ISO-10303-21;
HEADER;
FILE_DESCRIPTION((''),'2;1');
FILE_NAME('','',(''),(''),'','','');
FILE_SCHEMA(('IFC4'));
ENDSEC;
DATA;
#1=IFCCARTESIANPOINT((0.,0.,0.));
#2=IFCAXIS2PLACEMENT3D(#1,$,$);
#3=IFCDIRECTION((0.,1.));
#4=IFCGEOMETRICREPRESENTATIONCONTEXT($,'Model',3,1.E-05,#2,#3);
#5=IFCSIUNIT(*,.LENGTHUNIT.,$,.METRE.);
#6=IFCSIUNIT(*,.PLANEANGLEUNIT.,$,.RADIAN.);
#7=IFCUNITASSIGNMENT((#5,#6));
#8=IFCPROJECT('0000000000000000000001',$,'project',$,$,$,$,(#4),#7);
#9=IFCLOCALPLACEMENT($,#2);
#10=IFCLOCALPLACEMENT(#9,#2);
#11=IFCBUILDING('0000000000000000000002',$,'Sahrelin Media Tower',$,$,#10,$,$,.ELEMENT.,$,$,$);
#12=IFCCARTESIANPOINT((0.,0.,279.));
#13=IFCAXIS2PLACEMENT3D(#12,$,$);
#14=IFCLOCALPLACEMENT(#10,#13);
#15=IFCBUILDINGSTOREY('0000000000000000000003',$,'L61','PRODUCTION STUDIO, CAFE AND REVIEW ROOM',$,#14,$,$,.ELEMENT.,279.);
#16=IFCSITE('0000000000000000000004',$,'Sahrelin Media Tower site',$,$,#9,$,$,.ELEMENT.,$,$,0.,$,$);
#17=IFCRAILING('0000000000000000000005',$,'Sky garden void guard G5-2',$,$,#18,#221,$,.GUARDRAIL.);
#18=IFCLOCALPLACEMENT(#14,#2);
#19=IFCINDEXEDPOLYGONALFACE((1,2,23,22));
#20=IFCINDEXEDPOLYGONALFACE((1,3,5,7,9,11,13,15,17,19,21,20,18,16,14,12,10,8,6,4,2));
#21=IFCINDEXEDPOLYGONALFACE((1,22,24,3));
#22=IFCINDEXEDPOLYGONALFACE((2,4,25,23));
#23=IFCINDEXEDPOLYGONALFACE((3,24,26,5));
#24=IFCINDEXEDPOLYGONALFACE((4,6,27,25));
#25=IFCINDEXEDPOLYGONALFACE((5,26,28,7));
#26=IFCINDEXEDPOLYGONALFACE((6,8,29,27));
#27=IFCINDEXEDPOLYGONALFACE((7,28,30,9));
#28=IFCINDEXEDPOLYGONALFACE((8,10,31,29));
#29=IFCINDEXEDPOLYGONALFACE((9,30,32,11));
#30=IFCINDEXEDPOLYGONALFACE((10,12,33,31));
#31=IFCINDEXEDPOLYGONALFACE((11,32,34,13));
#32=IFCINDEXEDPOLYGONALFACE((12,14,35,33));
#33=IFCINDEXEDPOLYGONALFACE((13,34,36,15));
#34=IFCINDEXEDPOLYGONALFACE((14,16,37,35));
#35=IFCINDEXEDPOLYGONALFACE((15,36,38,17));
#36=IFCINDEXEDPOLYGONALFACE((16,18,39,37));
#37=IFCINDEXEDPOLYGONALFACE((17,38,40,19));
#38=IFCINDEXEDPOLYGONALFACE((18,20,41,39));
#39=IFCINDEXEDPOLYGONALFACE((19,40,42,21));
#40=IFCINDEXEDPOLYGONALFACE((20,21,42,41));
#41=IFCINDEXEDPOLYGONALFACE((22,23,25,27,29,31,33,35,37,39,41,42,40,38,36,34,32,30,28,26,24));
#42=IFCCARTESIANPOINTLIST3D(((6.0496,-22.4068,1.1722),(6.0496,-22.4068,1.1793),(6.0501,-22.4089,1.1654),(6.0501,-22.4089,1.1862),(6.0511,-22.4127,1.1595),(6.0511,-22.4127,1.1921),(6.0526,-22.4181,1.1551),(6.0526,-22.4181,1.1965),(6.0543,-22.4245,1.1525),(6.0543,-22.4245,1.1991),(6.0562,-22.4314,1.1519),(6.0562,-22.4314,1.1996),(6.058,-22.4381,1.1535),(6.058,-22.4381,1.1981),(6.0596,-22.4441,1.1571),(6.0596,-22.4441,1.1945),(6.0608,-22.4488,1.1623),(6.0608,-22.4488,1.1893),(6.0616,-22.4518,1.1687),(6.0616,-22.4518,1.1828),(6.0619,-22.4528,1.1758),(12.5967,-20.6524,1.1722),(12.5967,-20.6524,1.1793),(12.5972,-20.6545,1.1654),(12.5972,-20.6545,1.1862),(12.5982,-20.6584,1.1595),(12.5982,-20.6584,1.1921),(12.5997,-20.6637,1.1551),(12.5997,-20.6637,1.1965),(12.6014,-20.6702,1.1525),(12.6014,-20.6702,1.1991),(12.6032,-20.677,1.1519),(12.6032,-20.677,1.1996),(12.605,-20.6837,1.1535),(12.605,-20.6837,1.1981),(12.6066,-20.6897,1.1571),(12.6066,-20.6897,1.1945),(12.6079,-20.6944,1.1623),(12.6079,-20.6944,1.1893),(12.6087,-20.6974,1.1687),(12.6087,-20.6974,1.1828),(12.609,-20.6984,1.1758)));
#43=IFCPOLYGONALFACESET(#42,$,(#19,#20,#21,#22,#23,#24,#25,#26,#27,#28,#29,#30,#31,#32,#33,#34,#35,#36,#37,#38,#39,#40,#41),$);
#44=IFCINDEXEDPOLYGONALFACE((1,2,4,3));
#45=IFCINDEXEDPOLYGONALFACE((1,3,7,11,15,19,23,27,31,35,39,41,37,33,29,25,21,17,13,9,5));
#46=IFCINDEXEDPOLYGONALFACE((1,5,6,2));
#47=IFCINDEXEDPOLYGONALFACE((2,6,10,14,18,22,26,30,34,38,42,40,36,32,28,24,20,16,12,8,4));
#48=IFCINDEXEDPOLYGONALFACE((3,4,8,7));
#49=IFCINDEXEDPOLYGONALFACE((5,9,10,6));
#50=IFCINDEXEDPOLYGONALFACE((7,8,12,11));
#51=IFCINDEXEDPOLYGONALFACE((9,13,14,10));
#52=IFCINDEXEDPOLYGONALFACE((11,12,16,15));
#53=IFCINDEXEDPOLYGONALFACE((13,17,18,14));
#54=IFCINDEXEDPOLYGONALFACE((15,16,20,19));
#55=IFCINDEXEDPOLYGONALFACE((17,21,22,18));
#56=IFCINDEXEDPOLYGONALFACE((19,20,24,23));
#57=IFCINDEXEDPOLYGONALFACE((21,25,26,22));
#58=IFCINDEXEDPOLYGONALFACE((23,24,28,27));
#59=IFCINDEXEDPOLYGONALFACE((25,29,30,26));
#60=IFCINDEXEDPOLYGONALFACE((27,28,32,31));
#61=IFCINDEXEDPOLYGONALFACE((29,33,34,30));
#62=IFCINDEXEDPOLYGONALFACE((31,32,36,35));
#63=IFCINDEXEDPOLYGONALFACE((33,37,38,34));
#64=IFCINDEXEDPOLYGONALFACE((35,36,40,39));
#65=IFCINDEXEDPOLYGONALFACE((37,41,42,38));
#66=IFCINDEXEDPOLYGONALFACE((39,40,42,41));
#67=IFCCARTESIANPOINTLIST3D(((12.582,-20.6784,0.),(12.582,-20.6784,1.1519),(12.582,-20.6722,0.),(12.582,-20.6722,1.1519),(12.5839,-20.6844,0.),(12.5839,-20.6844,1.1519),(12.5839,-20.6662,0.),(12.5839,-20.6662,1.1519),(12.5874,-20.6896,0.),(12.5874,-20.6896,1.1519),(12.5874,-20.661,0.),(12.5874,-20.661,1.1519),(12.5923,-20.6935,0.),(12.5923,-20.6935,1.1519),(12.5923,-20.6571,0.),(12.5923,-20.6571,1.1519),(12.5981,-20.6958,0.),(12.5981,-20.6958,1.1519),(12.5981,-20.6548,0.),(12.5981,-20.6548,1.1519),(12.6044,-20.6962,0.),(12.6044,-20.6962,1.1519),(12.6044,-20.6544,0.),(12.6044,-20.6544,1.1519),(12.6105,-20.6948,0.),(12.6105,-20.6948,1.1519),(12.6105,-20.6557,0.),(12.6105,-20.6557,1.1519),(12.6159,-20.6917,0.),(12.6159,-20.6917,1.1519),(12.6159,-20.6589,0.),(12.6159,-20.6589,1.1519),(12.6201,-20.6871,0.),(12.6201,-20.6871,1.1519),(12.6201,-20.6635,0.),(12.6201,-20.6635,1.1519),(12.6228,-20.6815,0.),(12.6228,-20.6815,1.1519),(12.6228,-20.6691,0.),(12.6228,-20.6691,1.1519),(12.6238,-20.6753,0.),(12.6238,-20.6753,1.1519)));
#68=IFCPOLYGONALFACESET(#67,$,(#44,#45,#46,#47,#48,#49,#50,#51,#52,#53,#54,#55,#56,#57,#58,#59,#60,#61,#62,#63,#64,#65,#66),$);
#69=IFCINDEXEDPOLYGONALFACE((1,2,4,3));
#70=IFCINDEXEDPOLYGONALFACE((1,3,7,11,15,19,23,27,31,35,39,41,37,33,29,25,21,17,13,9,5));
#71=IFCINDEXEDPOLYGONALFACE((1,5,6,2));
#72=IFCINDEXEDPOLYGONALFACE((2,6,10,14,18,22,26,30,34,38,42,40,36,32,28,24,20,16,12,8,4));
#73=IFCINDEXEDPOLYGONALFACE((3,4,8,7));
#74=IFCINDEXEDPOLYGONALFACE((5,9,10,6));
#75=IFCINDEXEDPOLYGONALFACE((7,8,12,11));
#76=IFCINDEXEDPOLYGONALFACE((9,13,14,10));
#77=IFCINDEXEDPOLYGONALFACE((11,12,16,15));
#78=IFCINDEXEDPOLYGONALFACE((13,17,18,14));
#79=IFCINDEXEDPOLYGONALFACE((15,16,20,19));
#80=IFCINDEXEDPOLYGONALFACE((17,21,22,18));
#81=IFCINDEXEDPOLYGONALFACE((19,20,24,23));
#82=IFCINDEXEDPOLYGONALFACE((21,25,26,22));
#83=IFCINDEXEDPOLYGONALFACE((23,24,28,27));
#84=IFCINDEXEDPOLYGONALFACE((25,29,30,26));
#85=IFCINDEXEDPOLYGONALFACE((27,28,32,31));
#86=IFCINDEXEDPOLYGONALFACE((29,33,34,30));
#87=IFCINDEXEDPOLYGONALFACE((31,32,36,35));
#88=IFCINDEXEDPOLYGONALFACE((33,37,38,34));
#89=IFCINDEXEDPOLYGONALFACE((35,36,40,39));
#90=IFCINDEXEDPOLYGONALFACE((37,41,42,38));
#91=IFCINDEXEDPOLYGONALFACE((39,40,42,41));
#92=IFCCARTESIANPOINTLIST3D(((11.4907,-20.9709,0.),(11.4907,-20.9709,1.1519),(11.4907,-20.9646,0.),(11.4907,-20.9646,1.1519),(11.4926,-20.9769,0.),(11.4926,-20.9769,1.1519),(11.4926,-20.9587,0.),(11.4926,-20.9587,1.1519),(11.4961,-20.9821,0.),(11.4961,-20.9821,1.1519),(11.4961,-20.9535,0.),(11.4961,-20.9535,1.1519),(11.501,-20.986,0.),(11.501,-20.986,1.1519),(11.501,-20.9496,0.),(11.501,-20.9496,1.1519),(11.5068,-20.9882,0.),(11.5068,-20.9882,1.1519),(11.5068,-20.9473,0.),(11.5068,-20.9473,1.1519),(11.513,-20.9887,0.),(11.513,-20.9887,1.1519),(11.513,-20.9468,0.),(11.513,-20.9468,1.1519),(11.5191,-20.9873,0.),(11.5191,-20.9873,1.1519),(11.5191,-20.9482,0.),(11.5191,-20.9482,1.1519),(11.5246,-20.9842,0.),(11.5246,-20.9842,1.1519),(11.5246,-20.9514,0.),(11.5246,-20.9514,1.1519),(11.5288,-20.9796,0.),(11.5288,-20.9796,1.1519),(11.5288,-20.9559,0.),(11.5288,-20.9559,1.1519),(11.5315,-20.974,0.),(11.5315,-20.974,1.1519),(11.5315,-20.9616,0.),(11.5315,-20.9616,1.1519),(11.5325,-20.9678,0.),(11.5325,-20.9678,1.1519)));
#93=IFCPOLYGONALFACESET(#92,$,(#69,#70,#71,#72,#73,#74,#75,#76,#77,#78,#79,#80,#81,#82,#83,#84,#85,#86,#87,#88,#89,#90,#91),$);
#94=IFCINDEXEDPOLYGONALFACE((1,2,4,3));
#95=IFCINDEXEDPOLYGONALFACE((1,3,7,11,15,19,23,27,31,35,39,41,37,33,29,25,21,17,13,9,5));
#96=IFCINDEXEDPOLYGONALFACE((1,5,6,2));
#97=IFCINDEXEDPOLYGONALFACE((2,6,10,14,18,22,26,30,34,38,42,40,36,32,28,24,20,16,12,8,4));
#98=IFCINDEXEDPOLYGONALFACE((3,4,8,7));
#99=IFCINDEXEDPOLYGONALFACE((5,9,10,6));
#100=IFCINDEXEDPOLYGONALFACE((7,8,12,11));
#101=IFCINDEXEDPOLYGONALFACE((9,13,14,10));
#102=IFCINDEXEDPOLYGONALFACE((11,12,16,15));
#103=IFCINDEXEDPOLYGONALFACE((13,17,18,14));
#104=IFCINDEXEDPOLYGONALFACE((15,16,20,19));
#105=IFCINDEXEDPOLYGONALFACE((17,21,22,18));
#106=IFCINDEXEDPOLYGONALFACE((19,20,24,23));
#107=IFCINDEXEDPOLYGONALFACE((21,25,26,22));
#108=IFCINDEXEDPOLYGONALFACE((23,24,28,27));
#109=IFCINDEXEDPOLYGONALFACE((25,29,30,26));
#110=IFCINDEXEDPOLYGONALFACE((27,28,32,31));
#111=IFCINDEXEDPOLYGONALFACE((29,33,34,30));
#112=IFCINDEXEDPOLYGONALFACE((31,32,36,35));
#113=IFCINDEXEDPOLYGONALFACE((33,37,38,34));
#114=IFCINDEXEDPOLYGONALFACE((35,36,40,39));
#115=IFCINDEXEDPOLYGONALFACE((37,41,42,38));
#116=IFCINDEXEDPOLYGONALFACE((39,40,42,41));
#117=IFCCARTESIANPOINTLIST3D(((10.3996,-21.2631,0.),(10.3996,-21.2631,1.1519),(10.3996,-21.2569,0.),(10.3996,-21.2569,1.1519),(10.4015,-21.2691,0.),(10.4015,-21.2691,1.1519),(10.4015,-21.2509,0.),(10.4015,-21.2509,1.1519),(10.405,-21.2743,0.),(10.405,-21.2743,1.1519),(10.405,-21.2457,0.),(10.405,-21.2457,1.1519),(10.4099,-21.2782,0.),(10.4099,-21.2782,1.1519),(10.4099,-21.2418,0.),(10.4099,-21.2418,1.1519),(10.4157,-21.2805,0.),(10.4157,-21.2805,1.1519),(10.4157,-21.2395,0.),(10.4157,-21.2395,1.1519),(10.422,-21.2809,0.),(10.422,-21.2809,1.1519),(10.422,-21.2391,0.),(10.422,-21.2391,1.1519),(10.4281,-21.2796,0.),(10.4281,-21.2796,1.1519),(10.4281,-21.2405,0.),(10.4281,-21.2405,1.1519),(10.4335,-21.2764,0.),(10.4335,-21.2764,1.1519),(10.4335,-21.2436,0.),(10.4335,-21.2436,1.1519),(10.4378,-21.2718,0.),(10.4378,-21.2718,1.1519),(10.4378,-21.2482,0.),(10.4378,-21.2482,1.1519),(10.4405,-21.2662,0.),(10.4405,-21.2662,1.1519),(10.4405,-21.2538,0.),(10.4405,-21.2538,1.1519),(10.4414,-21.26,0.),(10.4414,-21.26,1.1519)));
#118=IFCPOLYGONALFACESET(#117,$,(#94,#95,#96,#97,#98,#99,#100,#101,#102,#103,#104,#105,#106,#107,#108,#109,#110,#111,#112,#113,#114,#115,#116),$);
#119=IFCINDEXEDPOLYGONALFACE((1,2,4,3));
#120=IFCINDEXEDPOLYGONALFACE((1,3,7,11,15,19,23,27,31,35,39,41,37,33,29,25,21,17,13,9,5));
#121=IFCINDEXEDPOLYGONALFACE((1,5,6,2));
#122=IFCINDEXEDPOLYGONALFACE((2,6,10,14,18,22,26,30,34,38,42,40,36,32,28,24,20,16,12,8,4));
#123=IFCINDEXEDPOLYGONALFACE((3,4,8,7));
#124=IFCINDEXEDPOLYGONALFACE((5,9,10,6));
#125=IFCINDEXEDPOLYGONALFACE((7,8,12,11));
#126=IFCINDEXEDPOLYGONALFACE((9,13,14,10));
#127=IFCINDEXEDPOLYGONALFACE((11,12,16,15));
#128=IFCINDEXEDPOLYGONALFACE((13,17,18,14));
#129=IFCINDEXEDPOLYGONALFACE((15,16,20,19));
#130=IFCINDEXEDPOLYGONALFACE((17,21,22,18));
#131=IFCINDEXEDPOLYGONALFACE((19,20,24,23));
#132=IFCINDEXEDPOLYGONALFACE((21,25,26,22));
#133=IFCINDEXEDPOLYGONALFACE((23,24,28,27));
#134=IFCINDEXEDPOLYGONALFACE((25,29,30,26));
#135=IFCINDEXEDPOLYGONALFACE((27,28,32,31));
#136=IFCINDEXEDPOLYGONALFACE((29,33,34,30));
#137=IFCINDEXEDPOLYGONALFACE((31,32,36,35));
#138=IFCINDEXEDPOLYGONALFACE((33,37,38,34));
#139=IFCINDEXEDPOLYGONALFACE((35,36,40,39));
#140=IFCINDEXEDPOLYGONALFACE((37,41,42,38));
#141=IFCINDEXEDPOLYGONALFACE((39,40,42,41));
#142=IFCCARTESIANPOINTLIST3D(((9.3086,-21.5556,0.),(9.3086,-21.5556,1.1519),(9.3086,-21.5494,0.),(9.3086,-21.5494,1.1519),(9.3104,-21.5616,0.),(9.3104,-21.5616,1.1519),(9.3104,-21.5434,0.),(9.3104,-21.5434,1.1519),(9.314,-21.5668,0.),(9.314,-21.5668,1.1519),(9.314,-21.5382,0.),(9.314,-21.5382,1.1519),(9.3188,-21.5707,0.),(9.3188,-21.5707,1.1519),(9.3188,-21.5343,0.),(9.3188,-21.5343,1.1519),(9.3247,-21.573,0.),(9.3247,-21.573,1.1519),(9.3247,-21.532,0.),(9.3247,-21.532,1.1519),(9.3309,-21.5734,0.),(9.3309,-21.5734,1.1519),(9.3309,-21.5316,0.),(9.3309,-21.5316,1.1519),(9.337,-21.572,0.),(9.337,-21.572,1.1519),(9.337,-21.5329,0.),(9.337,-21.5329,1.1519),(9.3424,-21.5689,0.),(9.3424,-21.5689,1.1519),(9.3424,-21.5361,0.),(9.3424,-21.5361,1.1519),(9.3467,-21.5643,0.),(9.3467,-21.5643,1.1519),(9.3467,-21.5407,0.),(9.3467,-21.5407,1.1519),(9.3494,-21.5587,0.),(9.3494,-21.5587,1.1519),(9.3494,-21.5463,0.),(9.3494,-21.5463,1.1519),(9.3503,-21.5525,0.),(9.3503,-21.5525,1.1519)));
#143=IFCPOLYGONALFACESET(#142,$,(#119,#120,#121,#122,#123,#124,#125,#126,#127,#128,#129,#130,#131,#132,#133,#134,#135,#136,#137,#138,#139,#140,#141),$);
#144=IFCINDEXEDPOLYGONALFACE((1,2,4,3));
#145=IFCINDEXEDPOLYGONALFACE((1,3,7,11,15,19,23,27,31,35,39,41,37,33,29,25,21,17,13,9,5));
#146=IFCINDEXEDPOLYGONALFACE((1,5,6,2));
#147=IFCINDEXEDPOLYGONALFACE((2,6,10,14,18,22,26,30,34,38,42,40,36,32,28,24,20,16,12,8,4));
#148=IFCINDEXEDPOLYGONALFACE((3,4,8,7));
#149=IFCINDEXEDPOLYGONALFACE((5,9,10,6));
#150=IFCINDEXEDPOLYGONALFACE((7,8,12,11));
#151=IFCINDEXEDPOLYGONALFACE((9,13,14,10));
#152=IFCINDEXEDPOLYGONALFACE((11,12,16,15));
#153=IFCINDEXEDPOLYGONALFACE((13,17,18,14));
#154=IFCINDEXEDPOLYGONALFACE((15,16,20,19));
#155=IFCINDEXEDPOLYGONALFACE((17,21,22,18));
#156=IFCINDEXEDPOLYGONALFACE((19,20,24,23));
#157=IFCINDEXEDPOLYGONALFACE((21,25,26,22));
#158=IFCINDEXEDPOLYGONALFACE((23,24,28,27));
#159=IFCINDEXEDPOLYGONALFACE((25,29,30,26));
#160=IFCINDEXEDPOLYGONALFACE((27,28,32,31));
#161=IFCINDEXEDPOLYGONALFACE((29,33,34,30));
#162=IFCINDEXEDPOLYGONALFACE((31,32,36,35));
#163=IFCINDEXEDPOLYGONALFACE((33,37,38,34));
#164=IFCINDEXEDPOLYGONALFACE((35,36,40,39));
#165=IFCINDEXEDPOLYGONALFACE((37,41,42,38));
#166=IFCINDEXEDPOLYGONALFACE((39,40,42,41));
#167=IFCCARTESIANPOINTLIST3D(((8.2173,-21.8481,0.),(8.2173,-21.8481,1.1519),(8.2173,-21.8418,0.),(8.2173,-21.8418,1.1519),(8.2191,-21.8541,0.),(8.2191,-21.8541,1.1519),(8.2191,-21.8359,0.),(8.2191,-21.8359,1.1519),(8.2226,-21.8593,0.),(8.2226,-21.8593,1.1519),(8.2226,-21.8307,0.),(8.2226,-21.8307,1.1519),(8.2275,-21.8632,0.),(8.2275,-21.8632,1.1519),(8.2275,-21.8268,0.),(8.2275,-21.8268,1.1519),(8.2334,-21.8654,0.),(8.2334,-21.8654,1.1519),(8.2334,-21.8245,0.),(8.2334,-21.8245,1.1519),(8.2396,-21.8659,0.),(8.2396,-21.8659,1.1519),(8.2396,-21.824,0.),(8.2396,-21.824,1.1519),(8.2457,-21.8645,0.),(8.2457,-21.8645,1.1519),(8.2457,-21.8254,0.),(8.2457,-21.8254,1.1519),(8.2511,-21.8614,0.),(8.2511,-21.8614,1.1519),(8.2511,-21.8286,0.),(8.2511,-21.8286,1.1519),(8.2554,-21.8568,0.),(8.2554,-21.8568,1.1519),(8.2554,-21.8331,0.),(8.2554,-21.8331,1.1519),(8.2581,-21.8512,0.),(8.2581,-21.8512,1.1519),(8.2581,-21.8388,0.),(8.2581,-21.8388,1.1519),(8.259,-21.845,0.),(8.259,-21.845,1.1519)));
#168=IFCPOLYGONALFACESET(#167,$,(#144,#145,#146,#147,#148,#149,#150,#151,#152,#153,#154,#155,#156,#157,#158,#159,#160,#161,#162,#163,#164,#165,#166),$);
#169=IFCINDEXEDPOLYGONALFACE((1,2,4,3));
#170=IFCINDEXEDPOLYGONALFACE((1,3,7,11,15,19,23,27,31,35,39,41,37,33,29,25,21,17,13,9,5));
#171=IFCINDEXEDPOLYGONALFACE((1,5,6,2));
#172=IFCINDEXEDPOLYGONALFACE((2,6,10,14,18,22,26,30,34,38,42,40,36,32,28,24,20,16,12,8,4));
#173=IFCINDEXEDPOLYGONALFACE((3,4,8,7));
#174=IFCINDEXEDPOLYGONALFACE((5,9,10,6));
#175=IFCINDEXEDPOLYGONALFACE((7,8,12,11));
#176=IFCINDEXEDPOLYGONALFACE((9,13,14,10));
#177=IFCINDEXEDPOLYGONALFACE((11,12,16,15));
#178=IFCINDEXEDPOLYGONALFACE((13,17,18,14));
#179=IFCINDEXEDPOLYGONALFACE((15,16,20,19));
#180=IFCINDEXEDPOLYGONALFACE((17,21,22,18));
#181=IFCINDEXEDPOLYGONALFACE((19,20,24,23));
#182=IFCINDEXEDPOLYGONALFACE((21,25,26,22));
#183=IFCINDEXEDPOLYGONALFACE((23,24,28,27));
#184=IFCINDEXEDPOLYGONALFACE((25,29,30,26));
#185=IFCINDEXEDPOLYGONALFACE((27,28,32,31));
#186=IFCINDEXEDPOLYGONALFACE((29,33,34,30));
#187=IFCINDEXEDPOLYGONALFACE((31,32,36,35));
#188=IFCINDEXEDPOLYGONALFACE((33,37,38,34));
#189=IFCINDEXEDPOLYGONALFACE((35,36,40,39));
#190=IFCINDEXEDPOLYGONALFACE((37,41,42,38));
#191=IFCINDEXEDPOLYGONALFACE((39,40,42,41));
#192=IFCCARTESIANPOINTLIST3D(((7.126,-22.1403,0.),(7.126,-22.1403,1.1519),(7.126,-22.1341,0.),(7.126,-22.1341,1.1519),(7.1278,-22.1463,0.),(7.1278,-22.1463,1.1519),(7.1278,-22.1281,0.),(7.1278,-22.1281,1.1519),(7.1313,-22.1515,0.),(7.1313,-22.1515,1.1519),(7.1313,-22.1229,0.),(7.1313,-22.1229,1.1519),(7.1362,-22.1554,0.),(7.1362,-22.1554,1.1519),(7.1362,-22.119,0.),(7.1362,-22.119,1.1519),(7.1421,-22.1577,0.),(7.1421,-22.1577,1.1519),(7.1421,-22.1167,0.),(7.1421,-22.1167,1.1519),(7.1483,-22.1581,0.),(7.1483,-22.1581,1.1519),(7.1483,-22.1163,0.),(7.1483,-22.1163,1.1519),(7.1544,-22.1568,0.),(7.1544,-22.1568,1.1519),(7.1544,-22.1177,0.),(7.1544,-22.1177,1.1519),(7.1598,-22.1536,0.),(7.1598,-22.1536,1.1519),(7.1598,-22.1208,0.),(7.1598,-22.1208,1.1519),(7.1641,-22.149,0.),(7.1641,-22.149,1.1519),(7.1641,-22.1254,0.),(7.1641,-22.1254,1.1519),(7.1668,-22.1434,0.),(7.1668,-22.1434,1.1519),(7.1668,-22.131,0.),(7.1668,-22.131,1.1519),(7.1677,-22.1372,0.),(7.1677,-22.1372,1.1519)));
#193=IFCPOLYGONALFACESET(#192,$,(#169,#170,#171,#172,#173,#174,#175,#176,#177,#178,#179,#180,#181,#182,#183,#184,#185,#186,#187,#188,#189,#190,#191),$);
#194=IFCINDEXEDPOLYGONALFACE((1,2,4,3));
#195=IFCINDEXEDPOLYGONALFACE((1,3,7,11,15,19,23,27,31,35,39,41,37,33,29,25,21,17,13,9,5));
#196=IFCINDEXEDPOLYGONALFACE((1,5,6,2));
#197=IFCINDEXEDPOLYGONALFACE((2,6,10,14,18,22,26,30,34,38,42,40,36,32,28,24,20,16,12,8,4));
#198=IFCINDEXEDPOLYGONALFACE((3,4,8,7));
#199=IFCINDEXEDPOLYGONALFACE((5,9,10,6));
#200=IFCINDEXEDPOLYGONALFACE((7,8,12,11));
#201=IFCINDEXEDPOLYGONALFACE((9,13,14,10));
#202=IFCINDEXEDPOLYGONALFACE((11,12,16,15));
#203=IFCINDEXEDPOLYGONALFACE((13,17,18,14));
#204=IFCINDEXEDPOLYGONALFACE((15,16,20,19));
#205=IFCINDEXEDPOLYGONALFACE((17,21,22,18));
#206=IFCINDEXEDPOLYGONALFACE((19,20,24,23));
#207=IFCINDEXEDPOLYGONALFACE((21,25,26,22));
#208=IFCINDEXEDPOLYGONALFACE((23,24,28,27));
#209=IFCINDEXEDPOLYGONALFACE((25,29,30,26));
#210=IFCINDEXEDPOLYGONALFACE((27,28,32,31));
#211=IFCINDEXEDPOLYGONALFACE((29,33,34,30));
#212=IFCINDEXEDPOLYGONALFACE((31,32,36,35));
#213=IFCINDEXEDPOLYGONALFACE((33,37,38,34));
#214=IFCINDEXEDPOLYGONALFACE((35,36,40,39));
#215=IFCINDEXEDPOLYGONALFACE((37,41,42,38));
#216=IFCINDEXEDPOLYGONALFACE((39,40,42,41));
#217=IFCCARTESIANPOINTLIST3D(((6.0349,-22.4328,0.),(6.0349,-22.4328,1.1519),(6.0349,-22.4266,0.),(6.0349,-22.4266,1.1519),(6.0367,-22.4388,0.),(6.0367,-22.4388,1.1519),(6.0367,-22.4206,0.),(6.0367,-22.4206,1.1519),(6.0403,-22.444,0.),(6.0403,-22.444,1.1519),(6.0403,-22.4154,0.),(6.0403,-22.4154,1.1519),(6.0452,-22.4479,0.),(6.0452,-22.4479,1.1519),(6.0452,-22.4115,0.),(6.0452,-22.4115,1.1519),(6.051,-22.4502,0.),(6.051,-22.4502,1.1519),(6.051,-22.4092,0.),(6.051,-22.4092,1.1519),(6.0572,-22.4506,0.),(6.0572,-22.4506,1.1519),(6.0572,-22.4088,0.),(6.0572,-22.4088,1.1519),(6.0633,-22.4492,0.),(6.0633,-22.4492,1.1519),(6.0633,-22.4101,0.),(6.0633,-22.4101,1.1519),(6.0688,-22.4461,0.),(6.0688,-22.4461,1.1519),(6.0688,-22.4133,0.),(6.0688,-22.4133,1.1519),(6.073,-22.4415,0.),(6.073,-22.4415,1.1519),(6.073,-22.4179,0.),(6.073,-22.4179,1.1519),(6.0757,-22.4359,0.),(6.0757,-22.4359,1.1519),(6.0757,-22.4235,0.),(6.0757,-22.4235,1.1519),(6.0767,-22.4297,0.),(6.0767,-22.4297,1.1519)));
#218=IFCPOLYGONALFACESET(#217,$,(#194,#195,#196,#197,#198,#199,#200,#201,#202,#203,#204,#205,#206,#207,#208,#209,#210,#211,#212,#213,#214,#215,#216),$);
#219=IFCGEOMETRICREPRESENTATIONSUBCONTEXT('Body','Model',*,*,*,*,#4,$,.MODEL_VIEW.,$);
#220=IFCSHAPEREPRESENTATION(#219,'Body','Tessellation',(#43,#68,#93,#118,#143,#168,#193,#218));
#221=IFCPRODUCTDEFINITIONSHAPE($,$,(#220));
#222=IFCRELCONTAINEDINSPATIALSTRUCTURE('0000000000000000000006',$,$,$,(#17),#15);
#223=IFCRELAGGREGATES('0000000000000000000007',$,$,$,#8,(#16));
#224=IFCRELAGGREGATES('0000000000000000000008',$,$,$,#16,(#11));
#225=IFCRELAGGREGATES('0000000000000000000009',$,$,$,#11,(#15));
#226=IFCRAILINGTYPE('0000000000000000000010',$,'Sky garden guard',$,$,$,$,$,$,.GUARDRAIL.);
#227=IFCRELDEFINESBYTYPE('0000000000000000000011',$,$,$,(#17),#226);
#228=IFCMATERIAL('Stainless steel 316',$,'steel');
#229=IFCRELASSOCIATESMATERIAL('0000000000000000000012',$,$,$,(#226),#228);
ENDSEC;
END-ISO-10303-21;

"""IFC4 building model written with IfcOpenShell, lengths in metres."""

from ifc_helpers import new_model, si_unit, direction, frame, origin, origin_2d, place, context, subcontext, project, spatial, circle, extrude, material, type_object, element, save


model = new_model("IFC4")

# Units and contexts
model_context = context("Model", 3, precision=1e-05, world=origin(), true_north=direction((0.0, 1.0)))
body_context = subcontext(model_context, "Body", "Model", "MODEL_VIEW")
ifc_project = project(units=[si_unit("LENGTHUNIT", "METRE"), si_unit("PLANEANGLEUNIT", "RADIAN")], contexts=[model_context])

# Site, building, storey
site_placement = place(None, origin())
site = spatial("IfcSite", under=ifc_project, at=site_placement, Name="Sahrelin Media Tower site", CompositionType="ELEMENT", RefElevation=0.0)
building_placement = place(site_placement, origin())
building = spatial("IfcBuilding", under=site, at=building_placement, Name="Sahrelin Media Tower", CompositionType="ELEMENT")
storey_placement = place(building_placement, frame((0.0, 0.0, 279.0)))
storey = spatial("IfcBuildingStorey", under=building, at=storey_placement, Name="L61", Description="PRODUCTION STUDIO, CAFE AND REVIEW ROOM", CompositionType="ELEMENT", Elevation=279.0)

# Railing
ifc_material_1 = material(Name="Stainless steel 316", Category="steel")
railing_type_1 = type_object("IfcRailingType", Name="Sky garden guard", PredefinedType="GUARDRAIL", material=ifc_material_1)
railing_1_placement = place(storey_placement, frame((12.6028, -20.6753, 0.0)))
element("IfcRailing", 1, at=railing_1_placement, inside=storey, type_object=railing_type_1, Name="Sky garden void guard G5-2", PredefinedType="GUARDRAIL", context=body_context, shape_type="SweptSolid", body=[
    extrude(circle(Radius=0.0239, at=origin_2d()), frame((0.0, 0.0, 1.1758), z_axis=(-0.965922, -0.258833, 0.0), x_axis=(0.258833, -0.965922, 0.0)), (0.0, 0.0, 1.0), 6.7781),
    extrude(circle(Radius=0.021, at=origin_2d()), origin(), (0.0, 0.0, 1.0), 1.1519),
    extrude(circle(Radius=0.021, at=origin_2d()), frame((-1.0913, -0.2925, 0.0)), (0.0, 0.0, 1.0), 1.1519),
    extrude(circle(Radius=0.021, at=origin_2d()), frame((-2.1824, -0.5847, 0.0)), (0.0, 0.0, 1.0), 1.1519),
    extrude(circle(Radius=0.021, at=origin_2d()), frame((-3.2734, -0.8772, 0.0)), (0.0, 0.0, 1.0), 1.1519),
    extrude(circle(Radius=0.021, at=origin_2d()), frame((-4.3647, -1.1697, 0.0)), (0.0, 0.0, 1.0), 1.1519),
    extrude(circle(Radius=0.021, at=origin_2d()), frame((-5.4561, -1.4619, 0.0)), (0.0, 0.0, 1.0), 1.1519),
    extrude(circle(Radius=0.021, at=origin_2d()), frame((-6.5471, -1.7544, 0.0)), (0.0, 0.0, 1.0), 1.1519),
])

save(model, "model.ifc")
